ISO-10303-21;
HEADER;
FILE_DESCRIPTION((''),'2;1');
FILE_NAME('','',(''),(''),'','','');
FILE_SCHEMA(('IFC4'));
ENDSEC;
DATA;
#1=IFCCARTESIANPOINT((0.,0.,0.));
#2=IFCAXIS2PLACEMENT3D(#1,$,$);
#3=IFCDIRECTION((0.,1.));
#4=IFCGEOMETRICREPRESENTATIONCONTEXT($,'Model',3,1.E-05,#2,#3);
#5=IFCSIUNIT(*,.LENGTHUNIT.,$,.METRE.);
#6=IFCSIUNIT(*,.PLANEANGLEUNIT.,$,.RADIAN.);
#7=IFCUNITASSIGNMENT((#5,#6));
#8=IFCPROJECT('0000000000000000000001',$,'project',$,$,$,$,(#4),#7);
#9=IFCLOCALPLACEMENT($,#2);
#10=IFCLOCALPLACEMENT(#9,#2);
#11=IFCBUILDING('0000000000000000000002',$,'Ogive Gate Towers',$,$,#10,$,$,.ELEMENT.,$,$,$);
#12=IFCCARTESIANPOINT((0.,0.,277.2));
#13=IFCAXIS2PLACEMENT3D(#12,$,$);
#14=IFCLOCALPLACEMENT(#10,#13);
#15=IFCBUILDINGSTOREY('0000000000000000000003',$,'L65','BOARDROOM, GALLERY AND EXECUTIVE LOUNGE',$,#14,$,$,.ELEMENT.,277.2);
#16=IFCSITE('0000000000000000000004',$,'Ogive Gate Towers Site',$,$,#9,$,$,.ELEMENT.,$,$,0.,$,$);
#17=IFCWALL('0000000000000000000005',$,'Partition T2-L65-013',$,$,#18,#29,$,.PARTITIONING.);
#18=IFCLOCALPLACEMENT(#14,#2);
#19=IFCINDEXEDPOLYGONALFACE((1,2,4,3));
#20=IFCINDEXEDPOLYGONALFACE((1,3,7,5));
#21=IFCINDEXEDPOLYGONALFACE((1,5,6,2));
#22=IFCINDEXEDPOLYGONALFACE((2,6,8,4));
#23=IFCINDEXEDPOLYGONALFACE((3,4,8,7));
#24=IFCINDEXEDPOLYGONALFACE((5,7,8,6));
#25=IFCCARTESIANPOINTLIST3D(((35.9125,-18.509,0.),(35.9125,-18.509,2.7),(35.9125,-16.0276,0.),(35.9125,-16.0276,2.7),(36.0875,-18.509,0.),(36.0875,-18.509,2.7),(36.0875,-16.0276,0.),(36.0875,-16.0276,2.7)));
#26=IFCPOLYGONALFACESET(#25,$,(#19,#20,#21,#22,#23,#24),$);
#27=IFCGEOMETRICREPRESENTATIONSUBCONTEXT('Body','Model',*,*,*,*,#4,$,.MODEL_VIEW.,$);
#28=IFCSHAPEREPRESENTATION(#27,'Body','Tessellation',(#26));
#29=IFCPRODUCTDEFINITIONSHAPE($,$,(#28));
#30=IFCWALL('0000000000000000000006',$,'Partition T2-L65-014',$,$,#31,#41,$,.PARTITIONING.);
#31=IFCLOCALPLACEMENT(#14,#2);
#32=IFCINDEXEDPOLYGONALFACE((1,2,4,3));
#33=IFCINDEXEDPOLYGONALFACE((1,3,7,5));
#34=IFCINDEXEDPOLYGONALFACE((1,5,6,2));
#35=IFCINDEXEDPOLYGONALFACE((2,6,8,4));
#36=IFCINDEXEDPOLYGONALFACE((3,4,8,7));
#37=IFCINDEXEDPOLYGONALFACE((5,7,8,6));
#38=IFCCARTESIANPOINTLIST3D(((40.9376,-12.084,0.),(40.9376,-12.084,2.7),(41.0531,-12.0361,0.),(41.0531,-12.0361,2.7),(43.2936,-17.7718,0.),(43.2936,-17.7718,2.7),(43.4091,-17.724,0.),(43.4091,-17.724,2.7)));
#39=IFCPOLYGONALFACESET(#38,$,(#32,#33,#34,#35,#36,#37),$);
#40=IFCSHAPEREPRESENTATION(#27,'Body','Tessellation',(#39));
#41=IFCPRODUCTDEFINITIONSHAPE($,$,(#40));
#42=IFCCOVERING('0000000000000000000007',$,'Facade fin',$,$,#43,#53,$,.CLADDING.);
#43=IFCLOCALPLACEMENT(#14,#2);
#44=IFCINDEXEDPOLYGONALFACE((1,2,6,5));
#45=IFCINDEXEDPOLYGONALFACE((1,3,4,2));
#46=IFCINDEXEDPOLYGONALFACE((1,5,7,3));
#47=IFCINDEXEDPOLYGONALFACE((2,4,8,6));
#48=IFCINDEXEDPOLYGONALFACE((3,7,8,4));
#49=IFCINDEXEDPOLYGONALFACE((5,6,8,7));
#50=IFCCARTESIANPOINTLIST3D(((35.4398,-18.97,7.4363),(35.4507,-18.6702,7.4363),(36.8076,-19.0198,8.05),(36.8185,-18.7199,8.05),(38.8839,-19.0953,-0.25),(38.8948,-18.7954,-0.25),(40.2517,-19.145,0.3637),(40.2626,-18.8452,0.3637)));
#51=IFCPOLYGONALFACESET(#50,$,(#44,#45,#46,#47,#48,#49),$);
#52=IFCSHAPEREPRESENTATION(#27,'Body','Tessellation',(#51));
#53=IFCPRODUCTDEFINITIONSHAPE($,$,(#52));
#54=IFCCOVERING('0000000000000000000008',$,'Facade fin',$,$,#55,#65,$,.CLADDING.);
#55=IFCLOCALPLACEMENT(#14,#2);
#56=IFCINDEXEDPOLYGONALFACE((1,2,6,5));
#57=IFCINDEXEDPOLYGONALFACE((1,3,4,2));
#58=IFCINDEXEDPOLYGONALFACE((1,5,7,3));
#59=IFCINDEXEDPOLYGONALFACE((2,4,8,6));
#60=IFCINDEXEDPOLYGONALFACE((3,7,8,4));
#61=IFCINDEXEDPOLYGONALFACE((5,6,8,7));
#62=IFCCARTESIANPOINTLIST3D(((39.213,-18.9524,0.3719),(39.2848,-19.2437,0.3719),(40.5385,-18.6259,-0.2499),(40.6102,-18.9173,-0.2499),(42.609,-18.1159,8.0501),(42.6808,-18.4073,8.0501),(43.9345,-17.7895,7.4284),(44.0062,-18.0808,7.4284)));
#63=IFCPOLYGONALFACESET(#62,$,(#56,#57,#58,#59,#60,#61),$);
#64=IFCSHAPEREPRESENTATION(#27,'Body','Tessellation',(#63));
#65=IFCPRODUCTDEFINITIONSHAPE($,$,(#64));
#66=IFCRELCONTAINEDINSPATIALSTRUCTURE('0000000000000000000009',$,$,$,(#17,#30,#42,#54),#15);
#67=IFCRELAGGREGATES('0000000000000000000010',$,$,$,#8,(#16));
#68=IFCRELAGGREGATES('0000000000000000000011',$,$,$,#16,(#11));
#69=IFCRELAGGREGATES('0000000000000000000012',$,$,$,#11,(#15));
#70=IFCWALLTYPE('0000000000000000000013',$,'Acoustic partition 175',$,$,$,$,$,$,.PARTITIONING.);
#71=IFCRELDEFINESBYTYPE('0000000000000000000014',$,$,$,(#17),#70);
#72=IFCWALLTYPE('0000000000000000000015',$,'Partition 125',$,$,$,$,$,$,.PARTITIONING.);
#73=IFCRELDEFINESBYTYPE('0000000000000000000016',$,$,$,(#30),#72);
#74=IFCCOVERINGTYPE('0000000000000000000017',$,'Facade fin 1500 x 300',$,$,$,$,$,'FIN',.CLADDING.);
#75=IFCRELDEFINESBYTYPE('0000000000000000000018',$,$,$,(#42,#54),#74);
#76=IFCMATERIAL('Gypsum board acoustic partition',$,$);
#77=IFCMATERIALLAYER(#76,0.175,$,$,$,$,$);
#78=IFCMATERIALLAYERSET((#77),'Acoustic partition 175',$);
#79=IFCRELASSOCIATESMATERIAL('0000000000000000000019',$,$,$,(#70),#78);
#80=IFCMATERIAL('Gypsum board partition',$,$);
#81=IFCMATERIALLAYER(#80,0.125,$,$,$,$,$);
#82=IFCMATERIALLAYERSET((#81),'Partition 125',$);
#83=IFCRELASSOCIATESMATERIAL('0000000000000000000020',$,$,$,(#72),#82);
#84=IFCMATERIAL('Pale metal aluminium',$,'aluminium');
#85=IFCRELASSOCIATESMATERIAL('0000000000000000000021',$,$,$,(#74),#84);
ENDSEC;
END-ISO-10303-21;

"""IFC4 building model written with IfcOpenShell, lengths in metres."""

from ifc_helpers import new_model, si_unit, direction, frame, frame_2d, origin, origin_2d, place, context, subcontext, project, spatial, rectangle, extrude, material, layer, layer_set, material_profile, profile_set, type_object, element, save


model = new_model("IFC4")

# Units and contexts
model_context = context("Model", 3, precision=1e-05, world=origin(), true_north=direction((0.0, 1.0)))
body_context = subcontext(model_context, "Body", "Model", "MODEL_VIEW")
ifc_project = project(units=[si_unit("LENGTHUNIT", "METRE"), si_unit("PLANEANGLEUNIT", "RADIAN")], contexts=[model_context])

# Site, building, storey
site_placement = place(None, origin())
site = spatial("IfcSite", under=ifc_project, at=site_placement, Name="Ogive Gate Towers Site", CompositionType="ELEMENT", RefElevation=0.0)
building_placement = place(site_placement, origin())
building = spatial("IfcBuilding", under=site, at=building_placement, Name="Ogive Gate Towers", CompositionType="ELEMENT")
storey_placement = place(building_placement, frame((0.0, 0.0, 277.2)))
storey = spatial("IfcBuildingStorey", under=building, at=storey_placement, Name="L65", Description="BOARDROOM, GALLERY AND EXECUTIVE LOUNGE", CompositionType="ELEMENT", Elevation=277.2)

# Shared definitions
ifc_material_1 = material(Name="Pale metal aluminium", Category="aluminium")

# Walls
ifc_material_2 = material(Name="Gypsum board acoustic partition")
ifc_layer_1 = layer(ifc_material_2, 0.175)
ifc_layer_set_1 = layer_set([ifc_layer_1], Name="Acoustic partition 175")
wall_type_1 = type_object("IfcWallType", Name="Acoustic partition 175", PredefinedType="PARTITIONING", material=ifc_layer_set_1)
wall_1_placement = place(storey_placement, frame((36.0, -18.509, 0.0), z_axis=(0.0, 0.0, 1.0), x_axis=(0.0, 1.0, 0.0)))
element("IfcWall", 1, at=wall_1_placement, inside=storey, type_object=wall_type_1, Name="Partition T2-L65-013", PredefinedType="PARTITIONING", context=body_context, shape_type="SweptSolid", body=[
    extrude(rectangle(XDim=2.4814, YDim=0.175, at=frame_2d((1.2407, 0.0))), origin(), (0.0, 0.0, 1.0), 2.7),
])
ifc_material_3 = material(Name="Gypsum board partition")
ifc_layer_2 = layer(ifc_material_3, 0.125)
ifc_layer_set_2 = layer_set([ifc_layer_2], Name="Partition 125")
wall_type_2 = type_object("IfcWallType", Name="Partition 125", PredefinedType="PARTITIONING", material=ifc_layer_set_2)
wall_2_placement = place(storey_placement, frame((43.3513, -17.7478, 0.0), z_axis=(0.0, 0.0, 1.0), x_axis=(-0.382686, 0.923879, 0.0)))
element("IfcWall", 2, at=wall_2_placement, inside=storey, type_object=wall_type_2, Name="Partition T2-L65-014", PredefinedType="PARTITIONING", context=body_context, shape_type="SweptSolid", body=[
    extrude(rectangle(XDim=6.1565, YDim=0.125, at=frame_2d((3.0781, 0.0))), origin(), (0.0, 0.0, 1.0), 2.7),
])

# Coverings
ifc_material_profile_1 = material_profile(ifc_material_1, rectangle(XDim=0.3, YDim=1.5, at=origin_2d()), Name="1500 x 300 pale metal aluminium")
ifc_profile_set_1 = profile_set([ifc_material_profile_1], Name="Pale metal aluminium")
covering_type = type_object("IfcCoveringType", Name="Facade fin 1500 x 300", ElementType="FIN", PredefinedType="CLADDING", material=ifc_profile_set_1)
covering_1_placement = place(storey_placement, frame((39.5732, -18.9702, 0.0569), z_axis=(-0.408864, 0.014868, 0.912474), x_axis=(-0.036341, -0.999339, 0.0)))
element("IfcCovering", 3, at=covering_1_placement, inside=storey, type_object=covering_type, Name="Facade fin", PredefinedType="CLADDING", context=body_context, shape_type="SweptSolid", body=[
    extrude(rectangle(XDim=0.3, YDim=1.5, at=origin_2d()), origin(), (0.0, 0.0, 1.0), 8.4236),
])
covering_2_placement = place(storey_placement, frame((39.9116, -18.9348, 0.061), z_axis=(0.402499, 0.099135, 0.910037), x_axis=(-0.239151, 0.970982, 0.0)))
element("IfcCovering", 4, at=covering_2_placement, inside=storey, type_object=covering_type, Name="Facade fin", PredefinedType="CLADDING", context=body_context, shape_type="SweptSolid", body=[
    extrude(rectangle(XDim=0.3, YDim=1.5, at=origin_2d()), origin(), (0.0, 0.0, 1.0), 8.4373),
])

save(model, "model.ifc")
